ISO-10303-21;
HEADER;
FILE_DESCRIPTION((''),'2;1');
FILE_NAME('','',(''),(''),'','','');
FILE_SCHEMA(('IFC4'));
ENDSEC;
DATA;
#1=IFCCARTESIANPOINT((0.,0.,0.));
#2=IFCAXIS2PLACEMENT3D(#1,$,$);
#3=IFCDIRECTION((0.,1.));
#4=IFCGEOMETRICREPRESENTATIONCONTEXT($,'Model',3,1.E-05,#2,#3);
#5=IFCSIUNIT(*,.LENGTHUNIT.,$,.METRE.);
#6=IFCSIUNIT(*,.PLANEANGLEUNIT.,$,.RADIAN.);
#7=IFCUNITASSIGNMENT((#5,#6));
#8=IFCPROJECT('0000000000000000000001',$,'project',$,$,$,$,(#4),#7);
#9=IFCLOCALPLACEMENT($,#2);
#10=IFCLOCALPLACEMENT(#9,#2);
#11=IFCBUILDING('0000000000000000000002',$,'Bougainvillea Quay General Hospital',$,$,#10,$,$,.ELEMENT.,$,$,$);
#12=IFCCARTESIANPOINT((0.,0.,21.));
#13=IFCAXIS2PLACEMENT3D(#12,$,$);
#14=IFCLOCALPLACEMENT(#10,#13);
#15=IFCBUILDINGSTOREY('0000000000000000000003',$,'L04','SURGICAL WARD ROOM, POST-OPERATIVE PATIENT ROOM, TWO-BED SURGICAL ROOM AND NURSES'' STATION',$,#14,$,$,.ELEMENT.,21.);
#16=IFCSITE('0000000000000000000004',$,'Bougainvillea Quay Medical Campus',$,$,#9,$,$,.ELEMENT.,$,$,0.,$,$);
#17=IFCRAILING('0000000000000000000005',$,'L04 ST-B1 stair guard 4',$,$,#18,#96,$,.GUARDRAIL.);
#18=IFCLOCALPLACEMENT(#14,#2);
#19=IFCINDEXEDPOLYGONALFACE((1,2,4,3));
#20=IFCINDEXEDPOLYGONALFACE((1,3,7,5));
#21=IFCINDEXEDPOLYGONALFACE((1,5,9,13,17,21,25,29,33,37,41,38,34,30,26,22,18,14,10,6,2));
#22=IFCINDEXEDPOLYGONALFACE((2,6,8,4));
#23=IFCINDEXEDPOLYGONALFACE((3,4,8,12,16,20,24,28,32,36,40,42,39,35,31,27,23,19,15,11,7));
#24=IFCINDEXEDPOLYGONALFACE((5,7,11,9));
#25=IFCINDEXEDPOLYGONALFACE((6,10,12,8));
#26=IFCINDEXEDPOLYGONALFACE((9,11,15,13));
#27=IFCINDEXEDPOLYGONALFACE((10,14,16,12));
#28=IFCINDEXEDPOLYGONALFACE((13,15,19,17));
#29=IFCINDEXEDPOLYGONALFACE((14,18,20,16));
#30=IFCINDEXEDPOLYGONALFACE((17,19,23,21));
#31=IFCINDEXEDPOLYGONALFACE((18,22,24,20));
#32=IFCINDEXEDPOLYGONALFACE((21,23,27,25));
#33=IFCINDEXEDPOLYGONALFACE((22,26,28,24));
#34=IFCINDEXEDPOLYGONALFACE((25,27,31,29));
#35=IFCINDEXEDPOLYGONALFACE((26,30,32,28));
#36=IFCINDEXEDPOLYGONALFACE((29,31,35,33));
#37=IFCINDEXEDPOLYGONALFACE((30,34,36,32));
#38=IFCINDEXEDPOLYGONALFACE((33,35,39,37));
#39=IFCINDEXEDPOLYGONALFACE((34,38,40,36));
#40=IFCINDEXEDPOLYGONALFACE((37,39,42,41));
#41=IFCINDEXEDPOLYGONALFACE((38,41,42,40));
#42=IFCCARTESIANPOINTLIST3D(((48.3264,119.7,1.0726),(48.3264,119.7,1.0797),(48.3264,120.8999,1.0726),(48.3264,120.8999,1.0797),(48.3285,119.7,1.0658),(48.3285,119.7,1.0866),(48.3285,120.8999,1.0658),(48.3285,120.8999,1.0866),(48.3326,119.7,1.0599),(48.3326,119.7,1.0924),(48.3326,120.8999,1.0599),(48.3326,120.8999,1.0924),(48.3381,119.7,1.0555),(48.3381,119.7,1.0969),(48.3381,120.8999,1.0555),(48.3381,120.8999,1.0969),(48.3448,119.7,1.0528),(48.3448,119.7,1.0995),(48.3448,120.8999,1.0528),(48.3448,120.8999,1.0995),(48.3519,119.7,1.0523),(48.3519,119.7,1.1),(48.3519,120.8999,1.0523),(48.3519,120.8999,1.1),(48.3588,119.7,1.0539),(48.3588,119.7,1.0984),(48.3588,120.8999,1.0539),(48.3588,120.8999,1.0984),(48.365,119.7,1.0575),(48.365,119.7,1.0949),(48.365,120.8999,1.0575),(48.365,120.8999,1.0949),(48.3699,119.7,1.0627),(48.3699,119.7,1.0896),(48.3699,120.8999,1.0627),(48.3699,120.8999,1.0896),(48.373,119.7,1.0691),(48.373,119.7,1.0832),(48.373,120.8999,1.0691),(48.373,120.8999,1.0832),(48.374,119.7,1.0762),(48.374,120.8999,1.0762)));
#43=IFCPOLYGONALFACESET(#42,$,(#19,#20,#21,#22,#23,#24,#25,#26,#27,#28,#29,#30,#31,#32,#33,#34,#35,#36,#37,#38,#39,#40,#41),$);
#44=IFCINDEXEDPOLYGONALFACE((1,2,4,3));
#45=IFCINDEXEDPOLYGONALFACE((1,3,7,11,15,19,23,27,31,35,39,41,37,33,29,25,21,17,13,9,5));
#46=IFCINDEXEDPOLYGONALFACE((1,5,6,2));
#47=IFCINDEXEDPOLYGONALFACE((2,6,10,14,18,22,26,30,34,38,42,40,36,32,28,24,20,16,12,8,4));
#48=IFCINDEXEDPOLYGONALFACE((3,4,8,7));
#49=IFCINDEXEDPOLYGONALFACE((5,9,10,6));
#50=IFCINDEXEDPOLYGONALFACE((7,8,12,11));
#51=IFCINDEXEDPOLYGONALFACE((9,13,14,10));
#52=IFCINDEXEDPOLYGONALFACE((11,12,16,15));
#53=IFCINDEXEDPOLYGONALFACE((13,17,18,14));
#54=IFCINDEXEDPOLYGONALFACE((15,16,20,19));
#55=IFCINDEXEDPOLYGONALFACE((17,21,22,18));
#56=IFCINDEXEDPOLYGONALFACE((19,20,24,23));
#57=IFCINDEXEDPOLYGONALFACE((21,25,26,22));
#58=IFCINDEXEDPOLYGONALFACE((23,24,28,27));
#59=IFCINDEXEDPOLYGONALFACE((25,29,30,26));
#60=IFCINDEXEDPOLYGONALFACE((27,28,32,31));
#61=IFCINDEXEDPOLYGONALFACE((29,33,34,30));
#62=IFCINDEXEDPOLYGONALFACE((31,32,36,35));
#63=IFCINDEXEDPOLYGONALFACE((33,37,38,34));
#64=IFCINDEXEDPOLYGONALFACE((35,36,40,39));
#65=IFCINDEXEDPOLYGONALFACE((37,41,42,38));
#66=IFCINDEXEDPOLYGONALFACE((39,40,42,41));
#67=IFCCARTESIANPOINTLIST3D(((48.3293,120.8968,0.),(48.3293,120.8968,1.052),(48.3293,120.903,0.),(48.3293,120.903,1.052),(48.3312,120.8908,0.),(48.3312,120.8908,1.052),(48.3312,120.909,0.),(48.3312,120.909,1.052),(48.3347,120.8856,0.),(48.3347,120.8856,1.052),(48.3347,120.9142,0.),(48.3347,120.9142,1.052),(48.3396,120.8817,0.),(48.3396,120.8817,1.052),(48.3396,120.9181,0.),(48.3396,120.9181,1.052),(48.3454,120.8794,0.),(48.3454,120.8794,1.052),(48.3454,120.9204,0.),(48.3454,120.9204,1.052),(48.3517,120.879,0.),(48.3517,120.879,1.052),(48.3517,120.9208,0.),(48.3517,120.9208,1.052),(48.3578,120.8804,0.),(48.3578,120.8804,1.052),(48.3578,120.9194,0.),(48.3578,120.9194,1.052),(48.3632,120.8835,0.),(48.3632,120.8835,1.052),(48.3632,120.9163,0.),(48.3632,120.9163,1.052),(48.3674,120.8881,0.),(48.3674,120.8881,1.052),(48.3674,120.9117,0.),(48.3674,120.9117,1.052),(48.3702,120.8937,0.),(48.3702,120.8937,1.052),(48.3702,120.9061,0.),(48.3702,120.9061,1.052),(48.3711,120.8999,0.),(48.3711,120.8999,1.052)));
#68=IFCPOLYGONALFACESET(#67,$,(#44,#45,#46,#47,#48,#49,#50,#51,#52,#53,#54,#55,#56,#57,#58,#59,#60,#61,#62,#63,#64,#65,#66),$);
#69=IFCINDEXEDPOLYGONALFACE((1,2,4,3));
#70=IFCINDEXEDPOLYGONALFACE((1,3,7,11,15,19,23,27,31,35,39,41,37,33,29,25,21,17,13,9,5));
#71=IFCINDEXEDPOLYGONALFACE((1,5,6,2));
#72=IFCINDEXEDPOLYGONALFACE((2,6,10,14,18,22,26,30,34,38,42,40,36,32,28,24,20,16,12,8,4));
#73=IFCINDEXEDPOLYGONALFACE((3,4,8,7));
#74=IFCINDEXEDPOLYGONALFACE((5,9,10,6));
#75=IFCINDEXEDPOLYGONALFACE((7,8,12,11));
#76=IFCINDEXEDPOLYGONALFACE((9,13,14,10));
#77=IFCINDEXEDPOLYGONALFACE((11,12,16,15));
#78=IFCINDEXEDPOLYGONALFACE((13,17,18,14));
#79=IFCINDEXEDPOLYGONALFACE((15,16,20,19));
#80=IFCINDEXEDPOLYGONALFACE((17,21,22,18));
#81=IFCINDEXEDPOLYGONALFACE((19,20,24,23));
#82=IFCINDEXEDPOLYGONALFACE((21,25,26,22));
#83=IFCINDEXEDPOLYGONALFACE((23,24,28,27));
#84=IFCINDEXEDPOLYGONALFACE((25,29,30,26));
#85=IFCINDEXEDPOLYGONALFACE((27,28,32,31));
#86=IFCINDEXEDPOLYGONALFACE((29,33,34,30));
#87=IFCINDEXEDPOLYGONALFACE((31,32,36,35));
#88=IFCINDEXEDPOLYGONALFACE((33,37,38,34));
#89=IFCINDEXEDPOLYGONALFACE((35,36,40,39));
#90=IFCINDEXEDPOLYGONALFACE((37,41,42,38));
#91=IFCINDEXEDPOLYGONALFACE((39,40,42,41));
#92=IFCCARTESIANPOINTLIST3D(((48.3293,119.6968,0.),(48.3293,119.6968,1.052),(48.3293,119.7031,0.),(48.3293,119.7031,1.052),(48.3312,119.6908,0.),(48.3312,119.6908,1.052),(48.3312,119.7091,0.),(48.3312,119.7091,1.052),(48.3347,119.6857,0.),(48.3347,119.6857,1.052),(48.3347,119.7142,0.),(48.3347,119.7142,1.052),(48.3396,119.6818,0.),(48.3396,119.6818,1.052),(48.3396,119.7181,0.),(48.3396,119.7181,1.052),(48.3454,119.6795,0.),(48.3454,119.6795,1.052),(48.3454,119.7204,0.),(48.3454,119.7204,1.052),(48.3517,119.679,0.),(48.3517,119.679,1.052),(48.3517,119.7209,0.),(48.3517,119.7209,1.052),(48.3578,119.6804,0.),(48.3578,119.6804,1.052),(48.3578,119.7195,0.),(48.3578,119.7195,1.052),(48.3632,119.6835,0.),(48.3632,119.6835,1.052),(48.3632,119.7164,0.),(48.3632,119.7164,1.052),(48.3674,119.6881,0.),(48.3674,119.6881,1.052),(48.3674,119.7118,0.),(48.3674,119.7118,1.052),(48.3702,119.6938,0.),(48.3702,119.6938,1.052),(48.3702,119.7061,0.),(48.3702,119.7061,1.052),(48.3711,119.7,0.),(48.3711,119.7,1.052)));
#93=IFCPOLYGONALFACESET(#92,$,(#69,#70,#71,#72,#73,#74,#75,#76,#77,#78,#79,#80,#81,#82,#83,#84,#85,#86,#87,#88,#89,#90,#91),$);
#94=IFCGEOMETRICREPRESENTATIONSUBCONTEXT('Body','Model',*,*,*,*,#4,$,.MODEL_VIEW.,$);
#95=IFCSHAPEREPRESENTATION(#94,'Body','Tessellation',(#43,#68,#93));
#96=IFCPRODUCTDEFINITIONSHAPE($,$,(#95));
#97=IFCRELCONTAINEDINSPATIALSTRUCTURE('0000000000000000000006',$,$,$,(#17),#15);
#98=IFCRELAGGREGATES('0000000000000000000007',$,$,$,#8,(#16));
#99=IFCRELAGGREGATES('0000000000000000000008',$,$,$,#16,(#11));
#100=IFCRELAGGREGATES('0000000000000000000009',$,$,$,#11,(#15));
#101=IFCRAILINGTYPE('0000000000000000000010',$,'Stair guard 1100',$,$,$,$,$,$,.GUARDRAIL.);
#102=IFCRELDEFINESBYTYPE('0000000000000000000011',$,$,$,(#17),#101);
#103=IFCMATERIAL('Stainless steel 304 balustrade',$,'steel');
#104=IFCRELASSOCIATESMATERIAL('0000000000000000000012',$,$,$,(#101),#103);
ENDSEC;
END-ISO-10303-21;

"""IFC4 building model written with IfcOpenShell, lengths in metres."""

from ifc_helpers import new_model, si_unit, direction, frame, origin, origin_2d, place, context, subcontext, project, spatial, circle, extrude, material, type_object, element, save


model = new_model("IFC4")

# Units and contexts
model_context = context("Model", 3, precision=1e-05, world=origin(), true_north=direction((0.0, 1.0)))
body_context = subcontext(model_context, "Body", "Model", "MODEL_VIEW")
ifc_project = project(units=[si_unit("LENGTHUNIT", "METRE"), si_unit("PLANEANGLEUNIT", "RADIAN")], contexts=[model_context])

# Site, building, storey
site_placement = place(None, origin())
site = spatial("IfcSite", under=ifc_project, at=site_placement, Name="Bougainvillea Quay Medical Campus", CompositionType="ELEMENT", RefElevation=0.0)
building_placement = place(site_placement, origin())
building = spatial("IfcBuilding", under=site, at=building_placement, Name="Bougainvillea Quay General Hospital", CompositionType="ELEMENT")
storey_placement = place(building_placement, frame((0.0, 0.0, 21.0)))
storey = spatial("IfcBuildingStorey", under=building, at=storey_placement, Name="L04", Description="SURGICAL WARD ROOM, POST-OPERATIVE PATIENT ROOM, TWO-BED SURGICAL ROOM AND NURSES' STATION", CompositionType="ELEMENT", Elevation=21.0)

# Railing
ifc_material_1 = material(Name="Stainless steel 304 balustrade", Category="steel")
railing_type_1 = type_object("IfcRailingType", Name="Stair guard 1100", PredefinedType="GUARDRAIL", material=ifc_material_1)
railing_1_placement = place(storey_placement, frame((48.3501, 120.8999, 0.0)))
element("IfcRailing", 1, at=railing_1_placement, inside=storey, type_object=railing_type_1, Name="L04 ST-B1 stair guard 4", PredefinedType="GUARDRAIL", context=body_context, shape_type="SweptSolid", body=[
    extrude(circle(Radius=0.0239, at=origin_2d()), frame((0.0, 0.0, 1.0762), z_axis=(0.0, -1.0, 0.0), x_axis=(1.0, 0.0, 0.0)), (0.0, 0.0, 1.0), 1.2),
    extrude(circle(Radius=0.021, at=origin_2d()), origin(), (0.0, 0.0, 1.0), 1.052),
    extrude(circle(Radius=0.021, at=origin_2d()), frame((0.0, -1.2, 0.0)), (0.0, 0.0, 1.0), 1.052),
])

save(model, "model.ifc")
